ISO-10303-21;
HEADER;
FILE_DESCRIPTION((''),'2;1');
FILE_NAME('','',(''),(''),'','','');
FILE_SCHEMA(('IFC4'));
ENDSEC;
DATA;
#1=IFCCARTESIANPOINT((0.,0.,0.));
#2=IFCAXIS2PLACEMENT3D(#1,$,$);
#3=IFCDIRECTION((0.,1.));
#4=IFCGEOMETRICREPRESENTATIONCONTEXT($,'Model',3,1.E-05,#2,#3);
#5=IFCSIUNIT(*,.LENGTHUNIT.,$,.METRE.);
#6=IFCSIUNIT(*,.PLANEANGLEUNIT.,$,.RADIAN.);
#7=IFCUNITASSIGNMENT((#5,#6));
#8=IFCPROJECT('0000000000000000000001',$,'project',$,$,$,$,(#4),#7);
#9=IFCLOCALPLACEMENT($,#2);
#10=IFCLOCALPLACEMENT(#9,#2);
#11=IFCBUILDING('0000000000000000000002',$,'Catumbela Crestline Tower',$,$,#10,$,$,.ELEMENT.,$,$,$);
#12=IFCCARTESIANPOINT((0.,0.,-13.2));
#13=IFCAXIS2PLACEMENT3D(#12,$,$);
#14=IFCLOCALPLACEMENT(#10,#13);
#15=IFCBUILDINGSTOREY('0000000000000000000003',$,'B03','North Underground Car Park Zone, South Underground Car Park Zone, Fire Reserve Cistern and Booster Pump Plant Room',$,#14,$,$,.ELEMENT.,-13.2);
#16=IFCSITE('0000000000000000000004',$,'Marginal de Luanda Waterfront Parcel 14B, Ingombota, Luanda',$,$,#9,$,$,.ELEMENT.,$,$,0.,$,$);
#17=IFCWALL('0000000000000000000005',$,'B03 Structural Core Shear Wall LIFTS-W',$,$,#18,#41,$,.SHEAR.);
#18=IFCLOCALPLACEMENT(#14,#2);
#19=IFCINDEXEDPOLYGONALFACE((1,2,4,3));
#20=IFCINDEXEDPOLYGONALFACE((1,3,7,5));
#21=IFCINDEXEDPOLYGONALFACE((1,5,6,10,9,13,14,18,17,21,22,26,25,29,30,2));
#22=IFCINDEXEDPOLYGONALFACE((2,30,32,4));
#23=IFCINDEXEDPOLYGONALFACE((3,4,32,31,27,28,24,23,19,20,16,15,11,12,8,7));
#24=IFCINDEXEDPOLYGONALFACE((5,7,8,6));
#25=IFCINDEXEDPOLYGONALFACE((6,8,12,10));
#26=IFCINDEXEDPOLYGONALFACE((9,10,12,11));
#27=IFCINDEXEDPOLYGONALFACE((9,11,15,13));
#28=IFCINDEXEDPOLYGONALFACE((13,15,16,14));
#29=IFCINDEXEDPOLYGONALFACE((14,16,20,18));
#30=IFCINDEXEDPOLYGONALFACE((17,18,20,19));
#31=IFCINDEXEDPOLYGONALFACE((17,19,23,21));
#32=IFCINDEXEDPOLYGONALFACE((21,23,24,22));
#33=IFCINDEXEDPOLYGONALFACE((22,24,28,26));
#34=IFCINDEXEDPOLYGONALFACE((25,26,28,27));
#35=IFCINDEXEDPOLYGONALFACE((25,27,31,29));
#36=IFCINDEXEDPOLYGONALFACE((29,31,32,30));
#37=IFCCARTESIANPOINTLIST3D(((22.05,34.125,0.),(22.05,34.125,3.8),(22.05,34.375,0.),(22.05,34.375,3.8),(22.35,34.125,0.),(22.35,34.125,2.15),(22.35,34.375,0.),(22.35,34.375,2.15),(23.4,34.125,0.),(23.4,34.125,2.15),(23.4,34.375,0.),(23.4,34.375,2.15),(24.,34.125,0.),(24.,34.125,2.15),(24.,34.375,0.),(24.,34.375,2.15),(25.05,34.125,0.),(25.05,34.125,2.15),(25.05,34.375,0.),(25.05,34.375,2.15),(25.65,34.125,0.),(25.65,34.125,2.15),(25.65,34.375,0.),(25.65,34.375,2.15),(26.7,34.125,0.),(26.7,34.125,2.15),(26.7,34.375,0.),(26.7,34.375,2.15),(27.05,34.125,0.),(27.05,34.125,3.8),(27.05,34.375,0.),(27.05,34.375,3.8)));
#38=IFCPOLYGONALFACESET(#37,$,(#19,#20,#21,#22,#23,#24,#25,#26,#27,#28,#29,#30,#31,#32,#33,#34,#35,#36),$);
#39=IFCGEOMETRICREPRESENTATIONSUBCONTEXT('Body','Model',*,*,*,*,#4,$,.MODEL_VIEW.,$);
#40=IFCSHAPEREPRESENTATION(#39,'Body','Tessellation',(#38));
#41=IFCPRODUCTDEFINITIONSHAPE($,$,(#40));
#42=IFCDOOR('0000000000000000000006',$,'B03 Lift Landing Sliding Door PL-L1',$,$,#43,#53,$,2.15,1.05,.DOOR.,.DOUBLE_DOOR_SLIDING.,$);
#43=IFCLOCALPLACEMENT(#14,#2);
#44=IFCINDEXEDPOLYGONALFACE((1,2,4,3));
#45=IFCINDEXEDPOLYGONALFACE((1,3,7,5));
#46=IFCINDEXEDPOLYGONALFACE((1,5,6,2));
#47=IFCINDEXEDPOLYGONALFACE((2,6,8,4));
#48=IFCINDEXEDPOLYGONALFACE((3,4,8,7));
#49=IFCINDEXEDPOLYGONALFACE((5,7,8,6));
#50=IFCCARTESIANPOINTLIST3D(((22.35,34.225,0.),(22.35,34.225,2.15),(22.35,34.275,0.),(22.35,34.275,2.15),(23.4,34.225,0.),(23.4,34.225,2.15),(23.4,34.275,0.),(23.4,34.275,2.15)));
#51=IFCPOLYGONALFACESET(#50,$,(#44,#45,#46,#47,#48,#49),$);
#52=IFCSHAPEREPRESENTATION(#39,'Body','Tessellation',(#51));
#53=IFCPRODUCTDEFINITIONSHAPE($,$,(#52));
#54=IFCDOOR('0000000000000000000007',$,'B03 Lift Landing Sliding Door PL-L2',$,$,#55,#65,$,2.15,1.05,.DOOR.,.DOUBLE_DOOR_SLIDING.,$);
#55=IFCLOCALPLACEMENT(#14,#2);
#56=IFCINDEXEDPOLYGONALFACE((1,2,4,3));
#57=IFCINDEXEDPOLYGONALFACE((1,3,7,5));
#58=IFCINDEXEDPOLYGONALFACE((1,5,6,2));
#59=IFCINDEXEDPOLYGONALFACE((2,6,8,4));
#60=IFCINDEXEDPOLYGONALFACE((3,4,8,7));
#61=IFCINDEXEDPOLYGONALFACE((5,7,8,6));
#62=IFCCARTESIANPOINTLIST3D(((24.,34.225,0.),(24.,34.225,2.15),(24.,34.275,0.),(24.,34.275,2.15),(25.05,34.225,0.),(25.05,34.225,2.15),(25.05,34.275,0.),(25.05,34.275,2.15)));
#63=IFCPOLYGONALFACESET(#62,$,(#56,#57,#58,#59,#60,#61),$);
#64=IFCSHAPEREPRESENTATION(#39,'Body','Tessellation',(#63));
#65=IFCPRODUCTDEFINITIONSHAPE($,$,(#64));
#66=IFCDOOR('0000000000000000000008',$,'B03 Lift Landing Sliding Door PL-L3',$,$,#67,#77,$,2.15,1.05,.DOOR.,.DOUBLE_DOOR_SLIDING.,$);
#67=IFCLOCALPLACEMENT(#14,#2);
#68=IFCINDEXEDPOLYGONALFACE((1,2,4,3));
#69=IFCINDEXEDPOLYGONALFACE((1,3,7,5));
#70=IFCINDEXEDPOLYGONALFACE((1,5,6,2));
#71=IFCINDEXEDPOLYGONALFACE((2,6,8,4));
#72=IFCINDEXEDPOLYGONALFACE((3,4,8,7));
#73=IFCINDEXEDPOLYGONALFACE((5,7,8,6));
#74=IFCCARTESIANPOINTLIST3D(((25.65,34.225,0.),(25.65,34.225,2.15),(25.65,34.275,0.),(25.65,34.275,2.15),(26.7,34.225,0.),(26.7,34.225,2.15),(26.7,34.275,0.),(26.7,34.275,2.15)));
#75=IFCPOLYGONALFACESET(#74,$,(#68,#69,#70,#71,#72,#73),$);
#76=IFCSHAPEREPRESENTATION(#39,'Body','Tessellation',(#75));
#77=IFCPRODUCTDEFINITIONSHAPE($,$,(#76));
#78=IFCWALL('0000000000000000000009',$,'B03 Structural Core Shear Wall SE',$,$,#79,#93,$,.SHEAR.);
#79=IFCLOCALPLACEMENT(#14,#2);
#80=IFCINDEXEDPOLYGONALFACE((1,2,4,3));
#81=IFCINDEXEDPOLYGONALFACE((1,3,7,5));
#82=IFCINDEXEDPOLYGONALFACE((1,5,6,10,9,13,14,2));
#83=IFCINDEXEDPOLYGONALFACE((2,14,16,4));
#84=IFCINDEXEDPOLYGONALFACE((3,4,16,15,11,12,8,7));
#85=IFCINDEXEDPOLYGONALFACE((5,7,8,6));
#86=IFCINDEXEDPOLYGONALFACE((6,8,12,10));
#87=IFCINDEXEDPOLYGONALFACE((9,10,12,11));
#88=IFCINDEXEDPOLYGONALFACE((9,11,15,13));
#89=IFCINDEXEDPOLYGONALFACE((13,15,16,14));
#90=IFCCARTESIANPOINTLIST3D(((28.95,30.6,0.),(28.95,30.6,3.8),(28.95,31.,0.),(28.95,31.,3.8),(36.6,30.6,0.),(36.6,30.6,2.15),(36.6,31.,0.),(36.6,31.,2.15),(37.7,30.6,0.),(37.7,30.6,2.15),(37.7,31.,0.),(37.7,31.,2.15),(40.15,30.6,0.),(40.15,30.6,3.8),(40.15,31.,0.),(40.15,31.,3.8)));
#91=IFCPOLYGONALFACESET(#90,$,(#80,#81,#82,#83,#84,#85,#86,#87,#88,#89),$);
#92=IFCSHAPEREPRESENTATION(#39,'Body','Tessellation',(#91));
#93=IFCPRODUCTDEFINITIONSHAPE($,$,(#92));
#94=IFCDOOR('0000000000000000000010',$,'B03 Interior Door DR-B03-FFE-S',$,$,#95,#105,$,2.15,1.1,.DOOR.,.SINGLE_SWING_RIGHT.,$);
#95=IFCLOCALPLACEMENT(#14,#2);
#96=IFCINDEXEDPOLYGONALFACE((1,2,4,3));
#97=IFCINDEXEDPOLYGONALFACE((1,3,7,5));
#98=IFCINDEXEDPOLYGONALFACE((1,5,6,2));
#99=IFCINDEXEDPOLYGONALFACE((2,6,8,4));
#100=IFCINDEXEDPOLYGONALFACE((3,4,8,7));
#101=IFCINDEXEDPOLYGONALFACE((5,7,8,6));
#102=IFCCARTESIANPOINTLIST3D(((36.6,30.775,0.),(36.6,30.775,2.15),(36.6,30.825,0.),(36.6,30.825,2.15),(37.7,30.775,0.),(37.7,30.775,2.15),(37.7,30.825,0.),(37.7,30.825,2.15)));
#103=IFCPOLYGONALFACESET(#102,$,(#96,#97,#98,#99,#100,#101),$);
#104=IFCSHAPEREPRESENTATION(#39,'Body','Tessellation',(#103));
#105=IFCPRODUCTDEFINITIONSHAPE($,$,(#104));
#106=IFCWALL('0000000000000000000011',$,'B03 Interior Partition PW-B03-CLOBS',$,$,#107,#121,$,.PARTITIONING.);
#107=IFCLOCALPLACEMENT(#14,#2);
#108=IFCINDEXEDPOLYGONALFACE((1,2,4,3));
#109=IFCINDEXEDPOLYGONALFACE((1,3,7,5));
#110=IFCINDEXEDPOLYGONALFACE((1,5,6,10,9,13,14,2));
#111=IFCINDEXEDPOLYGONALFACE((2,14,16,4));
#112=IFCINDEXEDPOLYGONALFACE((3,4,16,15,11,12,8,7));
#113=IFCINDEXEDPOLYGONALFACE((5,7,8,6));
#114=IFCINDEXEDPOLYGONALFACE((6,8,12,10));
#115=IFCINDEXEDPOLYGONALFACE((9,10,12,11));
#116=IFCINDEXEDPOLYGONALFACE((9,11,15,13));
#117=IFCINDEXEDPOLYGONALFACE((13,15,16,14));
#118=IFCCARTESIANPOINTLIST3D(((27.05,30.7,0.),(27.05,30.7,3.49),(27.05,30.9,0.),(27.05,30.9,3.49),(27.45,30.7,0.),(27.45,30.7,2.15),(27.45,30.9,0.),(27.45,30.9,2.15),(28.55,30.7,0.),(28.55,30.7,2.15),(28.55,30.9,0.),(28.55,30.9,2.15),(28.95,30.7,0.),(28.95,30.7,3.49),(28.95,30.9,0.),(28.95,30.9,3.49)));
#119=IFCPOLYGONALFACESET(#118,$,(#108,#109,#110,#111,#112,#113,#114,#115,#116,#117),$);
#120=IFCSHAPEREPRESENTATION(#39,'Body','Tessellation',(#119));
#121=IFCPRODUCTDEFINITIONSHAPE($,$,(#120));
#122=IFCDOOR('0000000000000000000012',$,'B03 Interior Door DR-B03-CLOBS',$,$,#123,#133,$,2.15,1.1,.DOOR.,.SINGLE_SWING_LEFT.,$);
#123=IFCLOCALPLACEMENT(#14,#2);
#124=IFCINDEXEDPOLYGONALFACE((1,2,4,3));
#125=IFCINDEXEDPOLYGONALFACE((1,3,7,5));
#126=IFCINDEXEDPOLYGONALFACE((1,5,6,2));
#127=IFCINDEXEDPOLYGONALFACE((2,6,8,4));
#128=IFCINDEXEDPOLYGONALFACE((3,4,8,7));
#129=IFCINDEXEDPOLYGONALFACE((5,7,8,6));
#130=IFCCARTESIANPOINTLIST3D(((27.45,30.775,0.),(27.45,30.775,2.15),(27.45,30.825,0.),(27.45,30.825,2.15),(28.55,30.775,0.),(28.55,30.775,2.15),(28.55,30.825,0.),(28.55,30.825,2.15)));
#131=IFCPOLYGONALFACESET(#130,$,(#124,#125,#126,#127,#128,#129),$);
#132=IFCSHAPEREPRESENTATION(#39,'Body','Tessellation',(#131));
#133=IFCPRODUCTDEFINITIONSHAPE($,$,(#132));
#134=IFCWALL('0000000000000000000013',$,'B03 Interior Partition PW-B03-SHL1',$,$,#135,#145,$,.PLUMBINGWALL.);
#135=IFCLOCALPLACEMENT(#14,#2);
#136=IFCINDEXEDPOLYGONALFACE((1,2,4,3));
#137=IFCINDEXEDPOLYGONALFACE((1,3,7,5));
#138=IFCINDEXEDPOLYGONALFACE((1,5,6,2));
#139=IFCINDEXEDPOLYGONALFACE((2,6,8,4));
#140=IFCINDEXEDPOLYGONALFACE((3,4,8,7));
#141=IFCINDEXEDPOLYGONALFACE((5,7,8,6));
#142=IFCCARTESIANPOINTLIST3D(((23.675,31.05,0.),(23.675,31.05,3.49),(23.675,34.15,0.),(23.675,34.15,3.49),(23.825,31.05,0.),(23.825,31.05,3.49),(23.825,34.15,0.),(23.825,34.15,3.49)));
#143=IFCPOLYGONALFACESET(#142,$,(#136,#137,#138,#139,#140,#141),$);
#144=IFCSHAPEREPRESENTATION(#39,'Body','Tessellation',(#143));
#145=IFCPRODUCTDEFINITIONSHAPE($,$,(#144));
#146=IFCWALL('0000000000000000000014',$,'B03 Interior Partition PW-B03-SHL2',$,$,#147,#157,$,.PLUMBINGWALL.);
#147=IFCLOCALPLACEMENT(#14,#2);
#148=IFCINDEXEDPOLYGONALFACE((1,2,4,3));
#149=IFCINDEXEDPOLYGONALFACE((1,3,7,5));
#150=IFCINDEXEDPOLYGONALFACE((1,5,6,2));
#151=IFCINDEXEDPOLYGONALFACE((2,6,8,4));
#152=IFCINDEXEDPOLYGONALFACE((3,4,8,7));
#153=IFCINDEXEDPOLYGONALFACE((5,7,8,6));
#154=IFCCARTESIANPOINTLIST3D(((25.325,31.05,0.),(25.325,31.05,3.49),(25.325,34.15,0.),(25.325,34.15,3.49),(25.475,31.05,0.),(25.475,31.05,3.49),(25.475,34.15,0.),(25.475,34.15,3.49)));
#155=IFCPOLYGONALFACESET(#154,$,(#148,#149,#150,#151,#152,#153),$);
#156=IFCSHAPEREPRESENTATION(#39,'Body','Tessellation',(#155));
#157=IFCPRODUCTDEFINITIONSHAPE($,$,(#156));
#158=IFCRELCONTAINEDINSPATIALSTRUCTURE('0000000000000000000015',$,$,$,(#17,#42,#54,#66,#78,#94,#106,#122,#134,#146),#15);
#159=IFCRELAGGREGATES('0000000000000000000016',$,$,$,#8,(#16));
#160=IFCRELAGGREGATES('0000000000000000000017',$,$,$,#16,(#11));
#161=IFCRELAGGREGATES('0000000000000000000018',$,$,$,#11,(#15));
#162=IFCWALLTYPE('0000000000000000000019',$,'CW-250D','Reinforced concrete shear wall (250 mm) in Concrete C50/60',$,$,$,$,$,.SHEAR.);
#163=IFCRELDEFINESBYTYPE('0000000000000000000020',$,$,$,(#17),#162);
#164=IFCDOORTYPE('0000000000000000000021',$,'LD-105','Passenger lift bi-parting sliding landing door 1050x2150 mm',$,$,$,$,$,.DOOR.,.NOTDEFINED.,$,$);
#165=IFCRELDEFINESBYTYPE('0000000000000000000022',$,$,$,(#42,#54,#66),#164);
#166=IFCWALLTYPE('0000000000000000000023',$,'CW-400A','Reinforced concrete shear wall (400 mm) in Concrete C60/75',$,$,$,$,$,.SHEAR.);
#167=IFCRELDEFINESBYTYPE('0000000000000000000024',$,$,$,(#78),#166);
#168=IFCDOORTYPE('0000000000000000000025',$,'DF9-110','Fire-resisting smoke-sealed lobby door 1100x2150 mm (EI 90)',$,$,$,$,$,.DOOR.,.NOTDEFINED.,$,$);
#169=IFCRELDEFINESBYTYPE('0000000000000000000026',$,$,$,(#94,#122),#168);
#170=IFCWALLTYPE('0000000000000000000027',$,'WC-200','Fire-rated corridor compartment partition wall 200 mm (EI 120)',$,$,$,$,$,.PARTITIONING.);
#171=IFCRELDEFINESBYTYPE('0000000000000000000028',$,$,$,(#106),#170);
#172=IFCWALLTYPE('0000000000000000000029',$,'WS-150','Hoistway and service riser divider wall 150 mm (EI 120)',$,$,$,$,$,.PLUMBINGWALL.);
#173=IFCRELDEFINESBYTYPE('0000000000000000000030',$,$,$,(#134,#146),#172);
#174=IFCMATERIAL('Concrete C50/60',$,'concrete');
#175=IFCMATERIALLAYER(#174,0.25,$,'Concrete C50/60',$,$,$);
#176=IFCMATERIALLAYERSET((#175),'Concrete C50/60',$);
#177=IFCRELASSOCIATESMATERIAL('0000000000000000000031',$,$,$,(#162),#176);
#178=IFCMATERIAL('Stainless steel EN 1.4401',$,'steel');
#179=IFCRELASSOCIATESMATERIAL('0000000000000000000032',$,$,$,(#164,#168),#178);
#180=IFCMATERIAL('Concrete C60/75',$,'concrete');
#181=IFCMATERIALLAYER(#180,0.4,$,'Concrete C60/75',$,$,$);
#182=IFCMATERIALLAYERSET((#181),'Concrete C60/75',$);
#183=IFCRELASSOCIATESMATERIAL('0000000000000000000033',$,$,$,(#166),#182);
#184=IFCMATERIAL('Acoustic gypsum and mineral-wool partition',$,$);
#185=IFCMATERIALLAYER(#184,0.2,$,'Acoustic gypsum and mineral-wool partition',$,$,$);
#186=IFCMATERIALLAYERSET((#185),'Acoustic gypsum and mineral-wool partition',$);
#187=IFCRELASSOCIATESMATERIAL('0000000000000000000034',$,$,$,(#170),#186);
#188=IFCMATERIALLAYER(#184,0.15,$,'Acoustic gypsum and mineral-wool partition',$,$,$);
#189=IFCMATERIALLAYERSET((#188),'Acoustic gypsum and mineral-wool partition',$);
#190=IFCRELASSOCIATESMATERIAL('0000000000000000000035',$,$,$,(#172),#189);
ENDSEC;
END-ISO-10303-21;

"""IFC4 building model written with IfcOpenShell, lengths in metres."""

from ifc_helpers import new_model, si_unit, direction, frame, frame_2d, origin, place, context, subcontext, project, spatial, rectangle, extrude, material, layer, layer_set, type_object, element, fill, save


model = new_model("IFC4")

# Units and contexts
model_context = context("Model", 3, precision=1e-05, world=origin(), true_north=direction((0.0, 1.0)))
body_context = subcontext(model_context, "Body", "Model", "MODEL_VIEW")
ifc_project = project(units=[si_unit("LENGTHUNIT", "METRE"), si_unit("PLANEANGLEUNIT", "RADIAN")], contexts=[model_context])

# Site, building, storey
site_placement = place(None, origin())
site = spatial("IfcSite", under=ifc_project, at=site_placement, Name="Marginal de Luanda Waterfront Parcel 14B, Ingombota, Luanda", CompositionType="ELEMENT", RefElevation=0.0)
building_placement = place(site_placement, origin())
building = spatial("IfcBuilding", under=site, at=building_placement, Name="Catumbela Crestline Tower", CompositionType="ELEMENT")
storey_placement = place(building_placement, frame((0.0, 0.0, -13.2)))
storey = spatial("IfcBuildingStorey", under=building, at=storey_placement, Name="B03", Description="North Underground Car Park Zone, South Underground Car Park Zone, Fire Reserve Cistern and Booster Pump Plant Room", CompositionType="ELEMENT", Elevation=-13.2)

# Shared definitions
ifc_material_1 = material(Name="Concrete C50/60", Category="concrete")
ifc_layer_1 = layer(ifc_material_1, 0.25, Name="Concrete C50/60")
ifc_layer_set_1 = layer_set([ifc_layer_1], Name="Concrete C50/60")
wall_type_1 = type_object("IfcWallType", Name="CW-250D", Description="Reinforced concrete shear wall (250 mm) in Concrete C50/60", PredefinedType="SHEAR", material=ifc_layer_set_1)

# Wall, openings, doors
wall_1_placement = place(storey_placement, frame((22.05, 34.25, 0.0), z_axis=(0.0, 0.0, 1.0), x_axis=(1.0, 0.0, 0.0)))
wall_1 = element("IfcWall", 1, at=wall_1_placement, inside=storey, type_object=wall_type_1, Name="B03 Structural Core Shear Wall LIFTS-W", PredefinedType="SHEAR", context=body_context, shape_type="SweptSolid", body=[
    extrude(rectangle(XDim=5.0, YDim=0.25, at=frame_2d((2.5, 0.0))), origin(), (0.0, 0.0, 1.0), 3.8),
])
opening_1_placement = place(wall_1_placement, frame((0.3, 0.0, 0.0)))
opening_1 = element("IfcOpeningElement", 2, at=opening_1_placement, cuts=wall_1, PredefinedType="OPENING", context=body_context, shape_type="SweptSolid", body=[
    extrude(rectangle(XDim=1.05, YDim=2.15, at=frame_2d((0.525, 1.075))), frame((0.0, 0.135, 0.0), z_axis=(0.0, -1.0, 0.0), x_axis=(1.0, 0.0, 0.0)), (0.0, 0.0, 1.0), 0.27),
])
opening_2_placement = place(wall_1_placement, frame((1.95, 0.0, 0.0)))
opening_2 = element("IfcOpeningElement", 3, at=opening_2_placement, cuts=wall_1, PredefinedType="OPENING", context=body_context, shape_type="SweptSolid", body=[
    extrude(rectangle(XDim=1.05, YDim=2.15, at=frame_2d((0.525, 1.075))), frame((0.0, 0.135, 0.0), z_axis=(0.0, -1.0, 0.0), x_axis=(1.0, 0.0, 0.0)), (0.0, 0.0, 1.0), 0.27),
])
opening_3_placement = place(wall_1_placement, frame((3.6, 0.0, 0.0)))
opening_3 = element("IfcOpeningElement", 4, at=opening_3_placement, cuts=wall_1, PredefinedType="OPENING", context=body_context, shape_type="SweptSolid", body=[
    extrude(rectangle(XDim=1.05, YDim=2.15, at=frame_2d((0.525, 1.075))), frame((0.0, 0.135, 0.0), z_axis=(0.0, -1.0, 0.0), x_axis=(1.0, 0.0, 0.0)), (0.0, 0.0, 1.0), 0.27),
])
ifc_material_2 = material(Name="Stainless steel EN 1.4401", Category="steel")
door_type_1 = type_object("IfcDoorType", Name="LD-105", Description="Passenger lift bi-parting sliding landing door 1050x2150 mm", OperationType="NOTDEFINED", PredefinedType="DOOR", material=ifc_material_2)
door_1_placement = place(opening_1_placement, origin())
door_1 = element("IfcDoor", 5, at=door_1_placement, inside=storey, type_object=door_type_1, Name="B03 Lift Landing Sliding Door PL-L1", OperationType="DOUBLE_DOOR_SLIDING", OverallHeight=2.15, OverallWidth=1.05, PredefinedType="DOOR", context=body_context, shape_type="SweptSolid", body=[
    extrude(rectangle(XDim=1.05, YDim=2.15, at=frame_2d((0.525, 1.075))), frame((0.0, 0.025, 0.0), z_axis=(0.0, -1.0, 0.0), x_axis=(1.0, 0.0, 0.0)), (0.0, 0.0, 1.0), 0.05),
])
fill(opening_1, door_1)
door_2_placement = place(opening_2_placement, origin())
door_2 = element("IfcDoor", 6, at=door_2_placement, inside=storey, type_object=door_type_1, Name="B03 Lift Landing Sliding Door PL-L2", OperationType="DOUBLE_DOOR_SLIDING", OverallHeight=2.15, OverallWidth=1.05, PredefinedType="DOOR", context=body_context, shape_type="SweptSolid", body=[
    extrude(rectangle(XDim=1.05, YDim=2.15, at=frame_2d((0.525, 1.075))), frame((0.0, 0.025, 0.0), z_axis=(0.0, -1.0, 0.0), x_axis=(1.0, 0.0, 0.0)), (0.0, 0.0, 1.0), 0.05),
])
fill(opening_2, door_2)
door_3_placement = place(opening_3_placement, origin())
door_3 = element("IfcDoor", 7, at=door_3_placement, inside=storey, type_object=door_type_1, Name="B03 Lift Landing Sliding Door PL-L3", OperationType="DOUBLE_DOOR_SLIDING", OverallHeight=2.15, OverallWidth=1.05, PredefinedType="DOOR", context=body_context, shape_type="SweptSolid", body=[
    extrude(rectangle(XDim=1.05, YDim=2.15, at=frame_2d((0.525, 1.075))), frame((0.0, 0.025, 0.0), z_axis=(0.0, -1.0, 0.0), x_axis=(1.0, 0.0, 0.0)), (0.0, 0.0, 1.0), 0.05),
])
fill(opening_3, door_3)

# Walls, openings, doors
ifc_material_3 = material(Name="Concrete C60/75", Category="concrete")
ifc_layer_2 = layer(ifc_material_3, 0.4, Name="Concrete C60/75")
ifc_layer_set_2 = layer_set([ifc_layer_2], Name="Concrete C60/75")
wall_type_2 = type_object("IfcWallType", Name="CW-400A", Description="Reinforced concrete shear wall (400 mm) in Concrete C60/75", PredefinedType="SHEAR", material=ifc_layer_set_2)
wall_2_placement = place(storey_placement, frame((28.95, 30.8, 0.0), z_axis=(0.0, 0.0, 1.0), x_axis=(1.0, 0.0, 0.0)))
wall_2 = element("IfcWall", 8, at=wall_2_placement, inside=storey, type_object=wall_type_2, Name="B03 Structural Core Shear Wall SE", PredefinedType="SHEAR", context=body_context, shape_type="SweptSolid", body=[
    extrude(rectangle(XDim=11.2, YDim=0.4, at=frame_2d((5.6, 0.0))), origin(), (0.0, 0.0, 1.0), 3.8),
])
opening_4_placement = place(wall_2_placement, frame((7.65, 0.0, 0.0)))
opening_4 = element("IfcOpeningElement", 9, at=opening_4_placement, cuts=wall_2, PredefinedType="OPENING", context=body_context, shape_type="SweptSolid", body=[
    extrude(rectangle(XDim=1.1, YDim=2.15, at=frame_2d((0.55, 1.075))), frame((0.0, 0.21, 0.0), z_axis=(0.0, -1.0, 0.0), x_axis=(1.0, 0.0, 0.0)), (0.0, 0.0, 1.0), 0.42),
])
door_type_2 = type_object("IfcDoorType", Name="DF9-110", Description="Fire-resisting smoke-sealed lobby door 1100x2150 mm (EI 90)", OperationType="NOTDEFINED", PredefinedType="DOOR", material=ifc_material_2)
door_4_placement = place(opening_4_placement, origin())
door_4 = element("IfcDoor", 10, at=door_4_placement, inside=storey, type_object=door_type_2, Name="B03 Interior Door DR-B03-FFE-S", OperationType="SINGLE_SWING_RIGHT", OverallHeight=2.15, OverallWidth=1.1, PredefinedType="DOOR", context=body_context, shape_type="SweptSolid", body=[
    extrude(rectangle(XDim=1.1, YDim=2.15, at=frame_2d((0.55, 1.075))), frame((0.0, 0.025, 0.0), z_axis=(0.0, -1.0, 0.0), x_axis=(1.0, 0.0, 0.0)), (0.0, 0.0, 1.0), 0.05),
])
fill(opening_4, door_4)
ifc_material_4 = material(Name="Acoustic gypsum and mineral-wool partition")
ifc_layer_3 = layer(ifc_material_4, 0.2, Name="Acoustic gypsum and mineral-wool partition")
ifc_layer_set_3 = layer_set([ifc_layer_3], Name="Acoustic gypsum and mineral-wool partition")
wall_type_3 = type_object("IfcWallType", Name="WC-200", Description="Fire-rated corridor compartment partition wall 200 mm (EI 120)", PredefinedType="PARTITIONING", material=ifc_layer_set_3)
wall_3_placement = place(storey_placement, frame((27.05, 30.8, 0.0), z_axis=(0.0, 0.0, 1.0), x_axis=(1.0, 0.0, 0.0)))
wall_3 = element("IfcWall", 11, at=wall_3_placement, inside=storey, type_object=wall_type_3, Name="B03 Interior Partition PW-B03-CLOBS", PredefinedType="PARTITIONING", context=body_context, shape_type="SweptSolid", body=[
    extrude(rectangle(XDim=1.9, YDim=0.2, at=frame_2d((0.95, 0.0))), origin(), (0.0, 0.0, 1.0), 3.49),
])
opening_5_placement = place(wall_3_placement, frame((0.4, 0.0, 0.0)))
opening_5 = element("IfcOpeningElement", 12, at=opening_5_placement, cuts=wall_3, PredefinedType="OPENING", context=body_context, shape_type="SweptSolid", body=[
    extrude(rectangle(XDim=1.1, YDim=2.15, at=frame_2d((0.55, 1.075))), frame((0.0, 0.11, 0.0), z_axis=(0.0, -1.0, 0.0), x_axis=(1.0, 0.0, 0.0)), (0.0, 0.0, 1.0), 0.22),
])
door_5_placement = place(opening_5_placement, origin())
door_5 = element("IfcDoor", 13, at=door_5_placement, inside=storey, type_object=door_type_2, Name="B03 Interior Door DR-B03-CLOBS", OperationType="SINGLE_SWING_LEFT", OverallHeight=2.15, OverallWidth=1.1, PredefinedType="DOOR", context=body_context, shape_type="SweptSolid", body=[
    extrude(rectangle(XDim=1.1, YDim=2.15, at=frame_2d((0.55, 1.075))), frame((0.0, 0.025, 0.0), z_axis=(0.0, -1.0, 0.0), x_axis=(1.0, 0.0, 0.0)), (0.0, 0.0, 1.0), 0.05),
])
fill(opening_5, door_5)

# Walls
ifc_layer_4 = layer(ifc_material_4, 0.15, Name="Acoustic gypsum and mineral-wool partition")
ifc_layer_set_4 = layer_set([ifc_layer_4], Name="Acoustic gypsum and mineral-wool partition")
wall_type_4 = type_object("IfcWallType", Name="WS-150", Description="Hoistway and service riser divider wall 150 mm (EI 120)", PredefinedType="PLUMBINGWALL", material=ifc_layer_set_4)
for number, where, z_axis, x_axis, name in (
    (14, (23.75, 31.05, 0.0), (0.0, 0.0, 1.0), (0.0, 1.0, 0.0), "B03 Interior Partition PW-B03-SHL1"),
    (15, (25.4, 31.05, 0.0), (0.0, 0.0, 1.0), (0.0, 1.0, 0.0), "B03 Interior Partition PW-B03-SHL2"),
):
    element("IfcWall", number, at=place(storey_placement, frame(where, z_axis=z_axis, x_axis=x_axis)), inside=storey, type_object=wall_type_4, Name=name, PredefinedType="PLUMBINGWALL", context=body_context, shape_type="SweptSolid", body=[
        extrude(rectangle(XDim=3.1, YDim=0.15, at=frame_2d((1.55, 0.0))), origin(), (0.0, 0.0, 1.0), 3.49),
    ])

save(model, "model.ifc")
